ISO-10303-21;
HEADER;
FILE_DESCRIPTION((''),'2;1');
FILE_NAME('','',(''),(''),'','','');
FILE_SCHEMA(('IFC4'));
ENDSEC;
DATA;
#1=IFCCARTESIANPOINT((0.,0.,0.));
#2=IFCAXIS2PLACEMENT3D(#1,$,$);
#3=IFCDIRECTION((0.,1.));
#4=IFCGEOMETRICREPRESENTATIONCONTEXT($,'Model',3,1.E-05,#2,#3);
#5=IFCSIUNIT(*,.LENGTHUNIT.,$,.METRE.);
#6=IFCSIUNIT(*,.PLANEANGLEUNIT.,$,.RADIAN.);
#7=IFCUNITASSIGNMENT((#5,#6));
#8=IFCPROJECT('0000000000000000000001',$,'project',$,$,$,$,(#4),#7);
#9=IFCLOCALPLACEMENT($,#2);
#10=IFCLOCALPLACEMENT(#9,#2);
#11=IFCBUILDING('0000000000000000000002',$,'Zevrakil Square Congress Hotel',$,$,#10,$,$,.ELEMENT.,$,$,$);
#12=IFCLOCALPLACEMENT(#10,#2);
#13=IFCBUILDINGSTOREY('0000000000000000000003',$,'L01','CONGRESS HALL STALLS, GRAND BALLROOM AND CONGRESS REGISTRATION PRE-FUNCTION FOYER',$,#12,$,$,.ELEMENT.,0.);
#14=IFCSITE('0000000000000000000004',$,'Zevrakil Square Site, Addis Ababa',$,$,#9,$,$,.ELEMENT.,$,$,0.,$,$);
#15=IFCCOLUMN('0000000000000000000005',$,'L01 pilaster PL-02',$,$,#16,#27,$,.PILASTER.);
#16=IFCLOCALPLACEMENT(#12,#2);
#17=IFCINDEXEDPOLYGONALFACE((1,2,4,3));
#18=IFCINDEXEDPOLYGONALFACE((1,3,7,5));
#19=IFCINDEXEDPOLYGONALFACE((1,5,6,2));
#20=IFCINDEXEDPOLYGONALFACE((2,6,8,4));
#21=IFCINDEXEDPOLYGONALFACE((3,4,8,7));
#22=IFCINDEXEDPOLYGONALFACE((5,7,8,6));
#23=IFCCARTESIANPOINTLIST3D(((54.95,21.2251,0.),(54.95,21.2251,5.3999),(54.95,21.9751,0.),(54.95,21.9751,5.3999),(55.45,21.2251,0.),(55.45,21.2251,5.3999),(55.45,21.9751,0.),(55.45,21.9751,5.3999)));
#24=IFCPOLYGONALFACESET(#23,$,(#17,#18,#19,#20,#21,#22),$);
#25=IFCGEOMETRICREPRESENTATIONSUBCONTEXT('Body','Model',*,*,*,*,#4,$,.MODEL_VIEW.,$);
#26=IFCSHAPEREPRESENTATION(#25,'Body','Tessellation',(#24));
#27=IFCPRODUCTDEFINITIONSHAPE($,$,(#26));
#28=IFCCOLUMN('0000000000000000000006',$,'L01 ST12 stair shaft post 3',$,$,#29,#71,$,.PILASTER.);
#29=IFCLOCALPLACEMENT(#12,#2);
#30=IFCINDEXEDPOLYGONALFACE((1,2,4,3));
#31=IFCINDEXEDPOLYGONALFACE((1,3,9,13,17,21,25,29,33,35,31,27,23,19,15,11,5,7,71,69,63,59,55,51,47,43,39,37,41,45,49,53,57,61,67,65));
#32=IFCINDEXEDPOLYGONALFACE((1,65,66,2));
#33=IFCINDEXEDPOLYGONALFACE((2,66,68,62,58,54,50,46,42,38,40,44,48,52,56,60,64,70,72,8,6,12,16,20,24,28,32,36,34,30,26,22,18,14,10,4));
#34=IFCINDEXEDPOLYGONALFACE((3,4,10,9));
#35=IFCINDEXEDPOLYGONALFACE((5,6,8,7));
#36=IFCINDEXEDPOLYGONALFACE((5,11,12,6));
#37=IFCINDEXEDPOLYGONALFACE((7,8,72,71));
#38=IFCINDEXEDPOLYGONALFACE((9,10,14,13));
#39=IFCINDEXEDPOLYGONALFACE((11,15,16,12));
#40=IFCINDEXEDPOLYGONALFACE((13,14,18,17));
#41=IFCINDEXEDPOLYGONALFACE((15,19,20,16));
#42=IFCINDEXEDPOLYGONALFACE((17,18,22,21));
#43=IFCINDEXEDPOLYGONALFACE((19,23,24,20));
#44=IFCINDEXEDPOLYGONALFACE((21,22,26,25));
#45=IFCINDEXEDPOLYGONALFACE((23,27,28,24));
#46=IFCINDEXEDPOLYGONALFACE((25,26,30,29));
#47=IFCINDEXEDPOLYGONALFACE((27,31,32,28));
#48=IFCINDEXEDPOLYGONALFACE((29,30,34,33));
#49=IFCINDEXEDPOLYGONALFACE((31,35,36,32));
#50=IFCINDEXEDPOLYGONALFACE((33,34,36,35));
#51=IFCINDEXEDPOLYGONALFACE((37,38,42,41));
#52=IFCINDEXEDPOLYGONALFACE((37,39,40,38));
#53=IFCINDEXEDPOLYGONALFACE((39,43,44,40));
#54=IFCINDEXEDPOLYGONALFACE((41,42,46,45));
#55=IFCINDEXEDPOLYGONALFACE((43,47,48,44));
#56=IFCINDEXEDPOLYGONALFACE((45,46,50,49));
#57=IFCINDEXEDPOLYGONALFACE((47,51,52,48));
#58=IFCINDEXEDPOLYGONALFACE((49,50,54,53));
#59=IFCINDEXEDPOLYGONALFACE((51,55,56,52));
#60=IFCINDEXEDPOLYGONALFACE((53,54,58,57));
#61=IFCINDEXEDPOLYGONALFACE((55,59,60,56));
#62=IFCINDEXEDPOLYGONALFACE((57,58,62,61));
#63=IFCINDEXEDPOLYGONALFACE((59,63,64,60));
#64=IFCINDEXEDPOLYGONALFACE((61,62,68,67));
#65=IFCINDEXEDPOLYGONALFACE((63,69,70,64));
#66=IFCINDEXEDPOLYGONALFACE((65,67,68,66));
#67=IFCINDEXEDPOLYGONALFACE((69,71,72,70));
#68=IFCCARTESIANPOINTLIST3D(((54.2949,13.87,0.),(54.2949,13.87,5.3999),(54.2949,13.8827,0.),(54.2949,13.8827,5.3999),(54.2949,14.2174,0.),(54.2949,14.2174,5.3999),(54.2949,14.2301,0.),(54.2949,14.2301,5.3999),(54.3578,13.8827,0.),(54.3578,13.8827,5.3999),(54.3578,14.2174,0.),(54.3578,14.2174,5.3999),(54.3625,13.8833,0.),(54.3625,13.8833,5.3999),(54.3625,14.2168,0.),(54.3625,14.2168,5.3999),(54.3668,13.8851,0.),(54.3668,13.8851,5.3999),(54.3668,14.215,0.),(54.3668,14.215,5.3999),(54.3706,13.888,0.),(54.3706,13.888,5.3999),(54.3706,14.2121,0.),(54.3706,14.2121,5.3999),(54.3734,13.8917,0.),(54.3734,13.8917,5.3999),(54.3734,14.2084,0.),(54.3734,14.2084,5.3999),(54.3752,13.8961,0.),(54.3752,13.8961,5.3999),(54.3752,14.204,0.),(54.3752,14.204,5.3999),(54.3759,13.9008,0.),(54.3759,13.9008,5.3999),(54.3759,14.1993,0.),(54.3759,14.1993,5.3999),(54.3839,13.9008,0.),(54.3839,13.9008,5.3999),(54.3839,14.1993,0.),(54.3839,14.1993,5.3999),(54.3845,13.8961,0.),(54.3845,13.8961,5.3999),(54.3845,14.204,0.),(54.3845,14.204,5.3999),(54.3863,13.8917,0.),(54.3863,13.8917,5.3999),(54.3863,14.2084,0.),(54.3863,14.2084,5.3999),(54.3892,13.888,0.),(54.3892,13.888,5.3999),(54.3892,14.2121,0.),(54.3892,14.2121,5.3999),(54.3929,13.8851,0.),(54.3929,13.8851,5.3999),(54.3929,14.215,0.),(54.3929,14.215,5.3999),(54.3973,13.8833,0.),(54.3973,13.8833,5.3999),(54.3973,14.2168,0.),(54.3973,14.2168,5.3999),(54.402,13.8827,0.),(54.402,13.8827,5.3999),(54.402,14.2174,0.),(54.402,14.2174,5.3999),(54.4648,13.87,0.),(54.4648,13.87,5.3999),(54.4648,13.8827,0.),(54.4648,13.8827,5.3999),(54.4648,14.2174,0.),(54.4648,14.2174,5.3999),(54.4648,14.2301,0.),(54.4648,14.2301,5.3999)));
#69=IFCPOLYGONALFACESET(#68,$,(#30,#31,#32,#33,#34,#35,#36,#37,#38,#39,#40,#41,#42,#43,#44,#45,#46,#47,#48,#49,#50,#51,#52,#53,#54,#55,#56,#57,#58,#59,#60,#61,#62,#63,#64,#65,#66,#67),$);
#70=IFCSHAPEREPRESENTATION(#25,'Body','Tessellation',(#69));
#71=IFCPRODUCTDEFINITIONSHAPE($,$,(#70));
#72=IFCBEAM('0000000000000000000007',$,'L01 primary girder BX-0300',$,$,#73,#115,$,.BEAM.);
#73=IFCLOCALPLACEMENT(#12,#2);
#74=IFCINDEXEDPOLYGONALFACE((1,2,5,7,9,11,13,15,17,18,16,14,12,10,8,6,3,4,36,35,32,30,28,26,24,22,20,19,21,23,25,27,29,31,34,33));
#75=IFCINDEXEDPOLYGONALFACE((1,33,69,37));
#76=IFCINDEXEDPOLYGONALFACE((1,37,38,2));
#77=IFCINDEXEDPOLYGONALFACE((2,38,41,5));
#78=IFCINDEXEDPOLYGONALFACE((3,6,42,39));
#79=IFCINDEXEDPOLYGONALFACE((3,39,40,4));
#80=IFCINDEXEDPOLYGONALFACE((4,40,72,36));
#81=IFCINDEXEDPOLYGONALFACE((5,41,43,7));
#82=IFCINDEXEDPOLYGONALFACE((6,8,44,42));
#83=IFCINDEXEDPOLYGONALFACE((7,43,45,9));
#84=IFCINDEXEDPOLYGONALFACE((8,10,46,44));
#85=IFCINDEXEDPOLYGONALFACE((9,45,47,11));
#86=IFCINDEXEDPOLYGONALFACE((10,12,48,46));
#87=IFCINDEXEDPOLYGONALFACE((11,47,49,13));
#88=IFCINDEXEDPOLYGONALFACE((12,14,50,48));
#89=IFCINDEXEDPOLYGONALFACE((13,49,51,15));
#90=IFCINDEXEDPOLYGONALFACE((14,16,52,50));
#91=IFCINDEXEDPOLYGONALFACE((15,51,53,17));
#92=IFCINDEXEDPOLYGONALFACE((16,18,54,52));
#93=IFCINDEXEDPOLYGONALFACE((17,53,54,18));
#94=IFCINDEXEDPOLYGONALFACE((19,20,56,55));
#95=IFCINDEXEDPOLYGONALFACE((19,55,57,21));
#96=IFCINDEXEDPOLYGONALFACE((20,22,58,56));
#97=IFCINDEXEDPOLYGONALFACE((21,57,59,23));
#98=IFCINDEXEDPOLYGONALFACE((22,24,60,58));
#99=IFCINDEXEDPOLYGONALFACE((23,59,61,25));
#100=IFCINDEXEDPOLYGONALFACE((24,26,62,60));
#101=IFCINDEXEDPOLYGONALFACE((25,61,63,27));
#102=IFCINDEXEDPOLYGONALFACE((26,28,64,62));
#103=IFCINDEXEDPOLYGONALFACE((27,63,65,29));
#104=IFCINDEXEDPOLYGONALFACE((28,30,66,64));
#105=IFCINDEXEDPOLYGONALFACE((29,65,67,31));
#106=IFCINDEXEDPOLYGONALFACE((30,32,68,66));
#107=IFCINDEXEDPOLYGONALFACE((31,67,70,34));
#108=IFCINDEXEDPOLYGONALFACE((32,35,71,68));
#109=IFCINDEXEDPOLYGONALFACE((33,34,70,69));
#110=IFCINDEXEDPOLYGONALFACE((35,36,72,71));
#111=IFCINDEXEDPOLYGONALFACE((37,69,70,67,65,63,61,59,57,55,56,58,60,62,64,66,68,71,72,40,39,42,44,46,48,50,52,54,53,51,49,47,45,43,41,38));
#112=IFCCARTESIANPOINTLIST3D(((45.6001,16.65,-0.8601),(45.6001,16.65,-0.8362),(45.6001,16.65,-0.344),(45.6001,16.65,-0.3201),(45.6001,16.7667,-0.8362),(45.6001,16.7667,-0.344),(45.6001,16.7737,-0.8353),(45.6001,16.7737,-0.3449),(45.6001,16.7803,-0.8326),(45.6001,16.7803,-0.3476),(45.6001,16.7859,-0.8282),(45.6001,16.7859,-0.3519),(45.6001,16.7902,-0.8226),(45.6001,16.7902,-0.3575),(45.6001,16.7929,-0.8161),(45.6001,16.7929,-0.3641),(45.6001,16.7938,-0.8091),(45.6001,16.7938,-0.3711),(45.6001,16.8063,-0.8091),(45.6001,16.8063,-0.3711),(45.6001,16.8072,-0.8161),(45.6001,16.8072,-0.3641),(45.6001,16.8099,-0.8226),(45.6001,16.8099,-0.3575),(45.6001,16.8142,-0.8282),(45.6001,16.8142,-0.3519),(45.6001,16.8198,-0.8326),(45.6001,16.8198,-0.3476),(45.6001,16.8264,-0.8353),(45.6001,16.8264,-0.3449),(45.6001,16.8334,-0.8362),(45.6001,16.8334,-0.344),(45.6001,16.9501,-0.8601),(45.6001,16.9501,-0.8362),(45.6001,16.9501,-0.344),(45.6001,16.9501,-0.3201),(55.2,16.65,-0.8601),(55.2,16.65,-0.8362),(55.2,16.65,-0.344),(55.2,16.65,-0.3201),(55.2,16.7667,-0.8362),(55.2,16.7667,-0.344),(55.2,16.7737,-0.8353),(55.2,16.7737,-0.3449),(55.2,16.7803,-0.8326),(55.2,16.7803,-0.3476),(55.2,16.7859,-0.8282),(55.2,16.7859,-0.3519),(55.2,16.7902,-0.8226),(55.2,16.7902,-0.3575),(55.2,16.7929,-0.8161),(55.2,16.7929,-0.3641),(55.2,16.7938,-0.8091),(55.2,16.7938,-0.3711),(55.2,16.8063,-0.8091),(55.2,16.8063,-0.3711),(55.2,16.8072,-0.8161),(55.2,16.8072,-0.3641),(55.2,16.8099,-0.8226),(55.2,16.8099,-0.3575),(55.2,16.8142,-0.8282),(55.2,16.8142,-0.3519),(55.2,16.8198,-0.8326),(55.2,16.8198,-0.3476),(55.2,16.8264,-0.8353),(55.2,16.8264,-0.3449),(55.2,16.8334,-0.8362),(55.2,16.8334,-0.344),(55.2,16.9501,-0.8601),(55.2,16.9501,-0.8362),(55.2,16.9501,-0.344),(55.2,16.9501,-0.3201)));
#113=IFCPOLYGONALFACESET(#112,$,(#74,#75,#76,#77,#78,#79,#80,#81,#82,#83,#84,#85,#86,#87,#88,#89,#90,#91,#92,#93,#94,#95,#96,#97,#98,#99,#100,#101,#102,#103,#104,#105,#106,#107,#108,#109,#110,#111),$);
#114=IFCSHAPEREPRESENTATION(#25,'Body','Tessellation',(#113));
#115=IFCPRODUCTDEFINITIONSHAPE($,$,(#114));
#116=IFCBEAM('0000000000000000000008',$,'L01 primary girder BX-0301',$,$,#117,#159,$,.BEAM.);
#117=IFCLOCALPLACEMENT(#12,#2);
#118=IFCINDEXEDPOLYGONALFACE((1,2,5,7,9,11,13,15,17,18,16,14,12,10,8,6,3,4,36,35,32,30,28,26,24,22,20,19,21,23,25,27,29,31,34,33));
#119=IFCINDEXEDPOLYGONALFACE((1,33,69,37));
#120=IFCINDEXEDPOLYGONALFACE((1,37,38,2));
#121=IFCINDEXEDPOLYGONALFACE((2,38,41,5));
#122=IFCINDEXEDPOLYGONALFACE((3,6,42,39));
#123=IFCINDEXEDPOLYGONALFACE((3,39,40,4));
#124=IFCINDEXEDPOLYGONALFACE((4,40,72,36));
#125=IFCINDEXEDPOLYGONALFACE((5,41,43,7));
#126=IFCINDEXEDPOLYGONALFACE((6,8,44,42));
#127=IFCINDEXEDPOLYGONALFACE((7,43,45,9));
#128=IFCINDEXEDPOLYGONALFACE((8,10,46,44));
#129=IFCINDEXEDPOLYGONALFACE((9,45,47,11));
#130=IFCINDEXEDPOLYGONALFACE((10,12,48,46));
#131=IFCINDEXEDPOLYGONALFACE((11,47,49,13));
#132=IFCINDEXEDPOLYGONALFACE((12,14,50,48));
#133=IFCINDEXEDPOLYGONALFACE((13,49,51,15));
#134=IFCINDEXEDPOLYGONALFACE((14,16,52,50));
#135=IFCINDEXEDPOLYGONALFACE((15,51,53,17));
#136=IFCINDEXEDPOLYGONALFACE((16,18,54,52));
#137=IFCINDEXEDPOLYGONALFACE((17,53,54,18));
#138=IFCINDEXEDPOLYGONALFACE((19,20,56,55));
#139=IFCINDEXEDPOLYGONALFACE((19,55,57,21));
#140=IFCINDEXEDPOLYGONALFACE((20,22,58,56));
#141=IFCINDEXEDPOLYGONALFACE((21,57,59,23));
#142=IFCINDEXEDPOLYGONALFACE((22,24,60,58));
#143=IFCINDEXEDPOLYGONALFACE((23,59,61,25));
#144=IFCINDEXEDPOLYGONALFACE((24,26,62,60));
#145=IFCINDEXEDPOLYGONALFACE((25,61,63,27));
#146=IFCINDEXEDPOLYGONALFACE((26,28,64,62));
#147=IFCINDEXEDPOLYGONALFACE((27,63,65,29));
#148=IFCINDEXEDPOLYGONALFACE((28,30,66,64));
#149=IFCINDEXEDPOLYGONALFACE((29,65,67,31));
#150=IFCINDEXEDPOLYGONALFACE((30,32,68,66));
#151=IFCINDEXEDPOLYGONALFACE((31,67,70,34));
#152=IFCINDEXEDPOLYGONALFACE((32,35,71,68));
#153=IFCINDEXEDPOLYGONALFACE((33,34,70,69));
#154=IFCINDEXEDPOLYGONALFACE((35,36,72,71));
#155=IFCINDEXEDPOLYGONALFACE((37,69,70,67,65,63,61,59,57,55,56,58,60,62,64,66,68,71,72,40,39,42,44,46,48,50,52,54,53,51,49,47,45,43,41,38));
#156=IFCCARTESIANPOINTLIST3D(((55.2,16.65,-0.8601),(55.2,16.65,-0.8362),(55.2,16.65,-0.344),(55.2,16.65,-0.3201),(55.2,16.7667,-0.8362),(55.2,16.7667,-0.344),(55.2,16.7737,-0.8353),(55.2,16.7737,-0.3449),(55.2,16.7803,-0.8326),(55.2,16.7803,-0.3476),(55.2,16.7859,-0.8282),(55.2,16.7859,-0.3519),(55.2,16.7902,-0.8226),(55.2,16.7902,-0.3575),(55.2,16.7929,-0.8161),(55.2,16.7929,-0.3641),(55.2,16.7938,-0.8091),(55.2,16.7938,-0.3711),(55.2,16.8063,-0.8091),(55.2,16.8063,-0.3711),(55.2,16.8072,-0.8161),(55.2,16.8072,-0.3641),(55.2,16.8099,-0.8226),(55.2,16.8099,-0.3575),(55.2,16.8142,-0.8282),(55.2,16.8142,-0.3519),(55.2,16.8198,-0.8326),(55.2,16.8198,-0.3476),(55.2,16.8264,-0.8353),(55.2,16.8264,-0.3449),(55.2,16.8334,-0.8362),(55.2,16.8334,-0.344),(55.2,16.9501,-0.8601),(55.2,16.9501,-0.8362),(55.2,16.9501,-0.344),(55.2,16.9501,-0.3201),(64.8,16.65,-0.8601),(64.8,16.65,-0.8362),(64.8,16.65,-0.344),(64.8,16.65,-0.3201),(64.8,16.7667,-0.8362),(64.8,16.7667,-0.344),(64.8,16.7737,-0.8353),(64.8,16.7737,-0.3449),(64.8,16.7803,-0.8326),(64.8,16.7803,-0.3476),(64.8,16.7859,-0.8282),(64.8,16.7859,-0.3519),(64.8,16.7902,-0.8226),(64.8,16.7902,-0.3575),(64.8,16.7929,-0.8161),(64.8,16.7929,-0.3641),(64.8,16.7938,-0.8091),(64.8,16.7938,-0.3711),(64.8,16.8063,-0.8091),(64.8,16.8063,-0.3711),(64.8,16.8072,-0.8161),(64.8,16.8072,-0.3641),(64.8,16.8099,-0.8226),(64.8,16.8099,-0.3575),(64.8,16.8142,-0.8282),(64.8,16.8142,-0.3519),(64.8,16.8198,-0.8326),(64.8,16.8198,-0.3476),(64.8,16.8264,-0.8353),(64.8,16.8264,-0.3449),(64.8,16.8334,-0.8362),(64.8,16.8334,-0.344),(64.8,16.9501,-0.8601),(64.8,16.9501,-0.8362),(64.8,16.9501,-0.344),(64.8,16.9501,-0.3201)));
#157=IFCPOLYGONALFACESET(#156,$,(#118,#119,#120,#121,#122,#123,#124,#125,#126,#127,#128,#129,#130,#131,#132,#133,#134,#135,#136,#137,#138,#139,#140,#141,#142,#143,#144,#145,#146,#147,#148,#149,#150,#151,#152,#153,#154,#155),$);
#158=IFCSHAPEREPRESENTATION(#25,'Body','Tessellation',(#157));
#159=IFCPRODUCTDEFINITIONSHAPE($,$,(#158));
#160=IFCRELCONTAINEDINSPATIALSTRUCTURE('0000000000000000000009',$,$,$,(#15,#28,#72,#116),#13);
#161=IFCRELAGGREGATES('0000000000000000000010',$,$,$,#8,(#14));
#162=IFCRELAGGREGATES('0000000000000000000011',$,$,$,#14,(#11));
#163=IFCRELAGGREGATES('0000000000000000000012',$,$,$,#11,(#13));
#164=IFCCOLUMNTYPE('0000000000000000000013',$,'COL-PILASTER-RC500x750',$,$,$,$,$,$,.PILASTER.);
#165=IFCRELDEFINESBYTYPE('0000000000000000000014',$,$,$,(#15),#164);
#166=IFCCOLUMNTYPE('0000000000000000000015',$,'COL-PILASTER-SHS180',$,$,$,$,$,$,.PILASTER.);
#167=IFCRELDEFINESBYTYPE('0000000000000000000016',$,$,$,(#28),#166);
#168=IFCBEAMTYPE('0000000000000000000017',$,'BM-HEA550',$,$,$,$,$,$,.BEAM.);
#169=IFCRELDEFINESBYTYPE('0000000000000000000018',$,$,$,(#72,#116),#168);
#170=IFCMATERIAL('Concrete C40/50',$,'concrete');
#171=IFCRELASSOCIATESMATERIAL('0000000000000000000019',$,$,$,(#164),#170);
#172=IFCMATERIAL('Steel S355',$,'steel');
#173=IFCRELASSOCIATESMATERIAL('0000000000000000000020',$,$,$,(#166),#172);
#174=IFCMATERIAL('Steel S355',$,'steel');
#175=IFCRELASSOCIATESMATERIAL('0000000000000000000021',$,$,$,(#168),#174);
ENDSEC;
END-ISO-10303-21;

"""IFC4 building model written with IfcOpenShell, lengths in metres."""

from ifc_helpers import new_model, si_unit, direction, frame, origin, origin_2d, place, context, subcontext, project, spatial, rectangle, i_section, extrude, material, material_profile, profile_set, type_object, element, save


model = new_model("IFC4")

# Units and contexts
model_context = context("Model", 3, precision=1e-05, world=origin(), true_north=direction((0.0, 1.0)))
body_context = subcontext(model_context, "Body", "Model", "MODEL_VIEW")
ifc_project = project(units=[si_unit("LENGTHUNIT", "METRE"), si_unit("PLANEANGLEUNIT", "RADIAN")], contexts=[model_context])

# Site, building, storey
site_placement = place(None, origin())
site = spatial("IfcSite", under=ifc_project, at=site_placement, Name="Zevrakil Square Site, Addis Ababa", CompositionType="ELEMENT", RefElevation=0.0)
building_placement = place(site_placement, origin())
building = spatial("IfcBuilding", under=site, at=building_placement, Name="Zevrakil Square Congress Hotel", CompositionType="ELEMENT")
storey_placement = place(building_placement, origin())
storey = spatial("IfcBuildingStorey", under=building, at=storey_placement, Name="L01", Description="CONGRESS HALL STALLS, GRAND BALLROOM AND CONGRESS REGISTRATION PRE-FUNCTION FOYER", CompositionType="ELEMENT", Elevation=0.0)

# Columns
ifc_material_1 = material(Name="Concrete C40/50", Category="concrete")
ifc_material_profile_1 = material_profile(ifc_material_1, rectangle(XDim=0.5, YDim=0.75, at=origin_2d()), Name="RC 500x750")
ifc_profile_set_1 = profile_set([ifc_material_profile_1], Name="Concrete C40/50")
column_type_1 = type_object("IfcColumnType", Name="COL-PILASTER-RC500x750", PredefinedType="PILASTER", material=ifc_profile_set_1)
for number, where, z_axis, x_axis, name in (
    (1, (55.2, 21.6001, 0.0), (0.0, 0.0, 1.0), (1.0, 0.0, 0.0), "L01 pilaster PL-02"),
):
    element("IfcColumn", number, at=place(storey_placement, frame(where, z_axis=z_axis, x_axis=x_axis)), inside=storey, type_object=column_type_1, Name=name, PredefinedType="PILASTER", context=body_context, shape_type="SweptSolid", body=[
        extrude(rectangle(XDim=0.5, YDim=0.75, at=origin_2d()), origin(), (0.0, 0.0, 1.0), 5.3999),
    ])
ifc_material_2 = material(Name="Steel S355", Category="steel")
ifc_material_profile_2 = material_profile(ifc_material_2, i_section(OverallWidth=0.1699, OverallDepth=0.3601, WebThickness=0.0081, FlangeThickness=0.0127, FilletRadius=0.0181, at=origin_2d()), Name="IPE 360")
ifc_profile_set_2 = profile_set([ifc_material_profile_2], Name="Steel S355")
column_type_2 = type_object("IfcColumnType", Name="COL-PILASTER-SHS180", PredefinedType="PILASTER", material=ifc_profile_set_2)
column_placement = place(storey_placement, frame((54.3799, 14.05, 0.0), z_axis=(0.0, 0.0, 1.0), x_axis=(1.0, 0.0, 0.0)))
element("IfcColumn", 2, at=column_placement, inside=storey, type_object=column_type_2, Name="L01 ST12 stair shaft post 3", PredefinedType="PILASTER", context=body_context, shape_type="SweptSolid", body=[
    extrude(i_section(OverallWidth=0.1699, OverallDepth=0.3601, WebThickness=0.0081, FlangeThickness=0.0127, FilletRadius=0.0181, at=origin_2d()), origin(), (0.0, 0.0, 1.0), 5.3999),
])

# Beams
ifc_material_3 = material(Name="Steel S355", Category="steel")
ifc_material_profile_3 = material_profile(ifc_material_3, i_section(OverallWidth=0.3, OverallDepth=0.54, WebThickness=0.0125, FlangeThickness=0.0239, FilletRadius=0.0271, at=origin_2d()), Name="HEA 550")
ifc_profile_set_3 = profile_set([ifc_material_profile_3], Name="Steel S355")
beam_type_1 = type_object("IfcBeamType", Name="BM-HEA550", PredefinedType="BEAM", material=ifc_profile_set_3)
beam_1_placement = place(storey_placement, frame((45.6001, 16.8, -0.5901), z_axis=(1.0, 0.0, 0.0), x_axis=(0.0, 1.0, 0.0)))
element("IfcBeam", 3, at=beam_1_placement, inside=storey, type_object=beam_type_1, Name="L01 primary girder BX-0300", PredefinedType="BEAM", context=body_context, shape_type="SweptSolid", body=[
    extrude(i_section(OverallWidth=0.3, OverallDepth=0.54, WebThickness=0.0125, FlangeThickness=0.0239, FilletRadius=0.0271, at=origin_2d()), origin(), (0.0, 0.0, 1.0), 9.5999),
])
beam_2_placement = place(storey_placement, frame((55.2, 16.8, -0.5901), z_axis=(1.0, 0.0, 0.0), x_axis=(0.0, 1.0, 0.0)))
element("IfcBeam", 4, at=beam_2_placement, inside=storey, type_object=beam_type_1, Name="L01 primary girder BX-0301", PredefinedType="BEAM", context=body_context, shape_type="SweptSolid", body=[
    extrude(i_section(OverallWidth=0.3, OverallDepth=0.54, WebThickness=0.0125, FlangeThickness=0.0239, FilletRadius=0.0271, at=origin_2d()), origin(), (0.0, 0.0, 1.0), 9.6001),
])

save(model, "model.ifc")
